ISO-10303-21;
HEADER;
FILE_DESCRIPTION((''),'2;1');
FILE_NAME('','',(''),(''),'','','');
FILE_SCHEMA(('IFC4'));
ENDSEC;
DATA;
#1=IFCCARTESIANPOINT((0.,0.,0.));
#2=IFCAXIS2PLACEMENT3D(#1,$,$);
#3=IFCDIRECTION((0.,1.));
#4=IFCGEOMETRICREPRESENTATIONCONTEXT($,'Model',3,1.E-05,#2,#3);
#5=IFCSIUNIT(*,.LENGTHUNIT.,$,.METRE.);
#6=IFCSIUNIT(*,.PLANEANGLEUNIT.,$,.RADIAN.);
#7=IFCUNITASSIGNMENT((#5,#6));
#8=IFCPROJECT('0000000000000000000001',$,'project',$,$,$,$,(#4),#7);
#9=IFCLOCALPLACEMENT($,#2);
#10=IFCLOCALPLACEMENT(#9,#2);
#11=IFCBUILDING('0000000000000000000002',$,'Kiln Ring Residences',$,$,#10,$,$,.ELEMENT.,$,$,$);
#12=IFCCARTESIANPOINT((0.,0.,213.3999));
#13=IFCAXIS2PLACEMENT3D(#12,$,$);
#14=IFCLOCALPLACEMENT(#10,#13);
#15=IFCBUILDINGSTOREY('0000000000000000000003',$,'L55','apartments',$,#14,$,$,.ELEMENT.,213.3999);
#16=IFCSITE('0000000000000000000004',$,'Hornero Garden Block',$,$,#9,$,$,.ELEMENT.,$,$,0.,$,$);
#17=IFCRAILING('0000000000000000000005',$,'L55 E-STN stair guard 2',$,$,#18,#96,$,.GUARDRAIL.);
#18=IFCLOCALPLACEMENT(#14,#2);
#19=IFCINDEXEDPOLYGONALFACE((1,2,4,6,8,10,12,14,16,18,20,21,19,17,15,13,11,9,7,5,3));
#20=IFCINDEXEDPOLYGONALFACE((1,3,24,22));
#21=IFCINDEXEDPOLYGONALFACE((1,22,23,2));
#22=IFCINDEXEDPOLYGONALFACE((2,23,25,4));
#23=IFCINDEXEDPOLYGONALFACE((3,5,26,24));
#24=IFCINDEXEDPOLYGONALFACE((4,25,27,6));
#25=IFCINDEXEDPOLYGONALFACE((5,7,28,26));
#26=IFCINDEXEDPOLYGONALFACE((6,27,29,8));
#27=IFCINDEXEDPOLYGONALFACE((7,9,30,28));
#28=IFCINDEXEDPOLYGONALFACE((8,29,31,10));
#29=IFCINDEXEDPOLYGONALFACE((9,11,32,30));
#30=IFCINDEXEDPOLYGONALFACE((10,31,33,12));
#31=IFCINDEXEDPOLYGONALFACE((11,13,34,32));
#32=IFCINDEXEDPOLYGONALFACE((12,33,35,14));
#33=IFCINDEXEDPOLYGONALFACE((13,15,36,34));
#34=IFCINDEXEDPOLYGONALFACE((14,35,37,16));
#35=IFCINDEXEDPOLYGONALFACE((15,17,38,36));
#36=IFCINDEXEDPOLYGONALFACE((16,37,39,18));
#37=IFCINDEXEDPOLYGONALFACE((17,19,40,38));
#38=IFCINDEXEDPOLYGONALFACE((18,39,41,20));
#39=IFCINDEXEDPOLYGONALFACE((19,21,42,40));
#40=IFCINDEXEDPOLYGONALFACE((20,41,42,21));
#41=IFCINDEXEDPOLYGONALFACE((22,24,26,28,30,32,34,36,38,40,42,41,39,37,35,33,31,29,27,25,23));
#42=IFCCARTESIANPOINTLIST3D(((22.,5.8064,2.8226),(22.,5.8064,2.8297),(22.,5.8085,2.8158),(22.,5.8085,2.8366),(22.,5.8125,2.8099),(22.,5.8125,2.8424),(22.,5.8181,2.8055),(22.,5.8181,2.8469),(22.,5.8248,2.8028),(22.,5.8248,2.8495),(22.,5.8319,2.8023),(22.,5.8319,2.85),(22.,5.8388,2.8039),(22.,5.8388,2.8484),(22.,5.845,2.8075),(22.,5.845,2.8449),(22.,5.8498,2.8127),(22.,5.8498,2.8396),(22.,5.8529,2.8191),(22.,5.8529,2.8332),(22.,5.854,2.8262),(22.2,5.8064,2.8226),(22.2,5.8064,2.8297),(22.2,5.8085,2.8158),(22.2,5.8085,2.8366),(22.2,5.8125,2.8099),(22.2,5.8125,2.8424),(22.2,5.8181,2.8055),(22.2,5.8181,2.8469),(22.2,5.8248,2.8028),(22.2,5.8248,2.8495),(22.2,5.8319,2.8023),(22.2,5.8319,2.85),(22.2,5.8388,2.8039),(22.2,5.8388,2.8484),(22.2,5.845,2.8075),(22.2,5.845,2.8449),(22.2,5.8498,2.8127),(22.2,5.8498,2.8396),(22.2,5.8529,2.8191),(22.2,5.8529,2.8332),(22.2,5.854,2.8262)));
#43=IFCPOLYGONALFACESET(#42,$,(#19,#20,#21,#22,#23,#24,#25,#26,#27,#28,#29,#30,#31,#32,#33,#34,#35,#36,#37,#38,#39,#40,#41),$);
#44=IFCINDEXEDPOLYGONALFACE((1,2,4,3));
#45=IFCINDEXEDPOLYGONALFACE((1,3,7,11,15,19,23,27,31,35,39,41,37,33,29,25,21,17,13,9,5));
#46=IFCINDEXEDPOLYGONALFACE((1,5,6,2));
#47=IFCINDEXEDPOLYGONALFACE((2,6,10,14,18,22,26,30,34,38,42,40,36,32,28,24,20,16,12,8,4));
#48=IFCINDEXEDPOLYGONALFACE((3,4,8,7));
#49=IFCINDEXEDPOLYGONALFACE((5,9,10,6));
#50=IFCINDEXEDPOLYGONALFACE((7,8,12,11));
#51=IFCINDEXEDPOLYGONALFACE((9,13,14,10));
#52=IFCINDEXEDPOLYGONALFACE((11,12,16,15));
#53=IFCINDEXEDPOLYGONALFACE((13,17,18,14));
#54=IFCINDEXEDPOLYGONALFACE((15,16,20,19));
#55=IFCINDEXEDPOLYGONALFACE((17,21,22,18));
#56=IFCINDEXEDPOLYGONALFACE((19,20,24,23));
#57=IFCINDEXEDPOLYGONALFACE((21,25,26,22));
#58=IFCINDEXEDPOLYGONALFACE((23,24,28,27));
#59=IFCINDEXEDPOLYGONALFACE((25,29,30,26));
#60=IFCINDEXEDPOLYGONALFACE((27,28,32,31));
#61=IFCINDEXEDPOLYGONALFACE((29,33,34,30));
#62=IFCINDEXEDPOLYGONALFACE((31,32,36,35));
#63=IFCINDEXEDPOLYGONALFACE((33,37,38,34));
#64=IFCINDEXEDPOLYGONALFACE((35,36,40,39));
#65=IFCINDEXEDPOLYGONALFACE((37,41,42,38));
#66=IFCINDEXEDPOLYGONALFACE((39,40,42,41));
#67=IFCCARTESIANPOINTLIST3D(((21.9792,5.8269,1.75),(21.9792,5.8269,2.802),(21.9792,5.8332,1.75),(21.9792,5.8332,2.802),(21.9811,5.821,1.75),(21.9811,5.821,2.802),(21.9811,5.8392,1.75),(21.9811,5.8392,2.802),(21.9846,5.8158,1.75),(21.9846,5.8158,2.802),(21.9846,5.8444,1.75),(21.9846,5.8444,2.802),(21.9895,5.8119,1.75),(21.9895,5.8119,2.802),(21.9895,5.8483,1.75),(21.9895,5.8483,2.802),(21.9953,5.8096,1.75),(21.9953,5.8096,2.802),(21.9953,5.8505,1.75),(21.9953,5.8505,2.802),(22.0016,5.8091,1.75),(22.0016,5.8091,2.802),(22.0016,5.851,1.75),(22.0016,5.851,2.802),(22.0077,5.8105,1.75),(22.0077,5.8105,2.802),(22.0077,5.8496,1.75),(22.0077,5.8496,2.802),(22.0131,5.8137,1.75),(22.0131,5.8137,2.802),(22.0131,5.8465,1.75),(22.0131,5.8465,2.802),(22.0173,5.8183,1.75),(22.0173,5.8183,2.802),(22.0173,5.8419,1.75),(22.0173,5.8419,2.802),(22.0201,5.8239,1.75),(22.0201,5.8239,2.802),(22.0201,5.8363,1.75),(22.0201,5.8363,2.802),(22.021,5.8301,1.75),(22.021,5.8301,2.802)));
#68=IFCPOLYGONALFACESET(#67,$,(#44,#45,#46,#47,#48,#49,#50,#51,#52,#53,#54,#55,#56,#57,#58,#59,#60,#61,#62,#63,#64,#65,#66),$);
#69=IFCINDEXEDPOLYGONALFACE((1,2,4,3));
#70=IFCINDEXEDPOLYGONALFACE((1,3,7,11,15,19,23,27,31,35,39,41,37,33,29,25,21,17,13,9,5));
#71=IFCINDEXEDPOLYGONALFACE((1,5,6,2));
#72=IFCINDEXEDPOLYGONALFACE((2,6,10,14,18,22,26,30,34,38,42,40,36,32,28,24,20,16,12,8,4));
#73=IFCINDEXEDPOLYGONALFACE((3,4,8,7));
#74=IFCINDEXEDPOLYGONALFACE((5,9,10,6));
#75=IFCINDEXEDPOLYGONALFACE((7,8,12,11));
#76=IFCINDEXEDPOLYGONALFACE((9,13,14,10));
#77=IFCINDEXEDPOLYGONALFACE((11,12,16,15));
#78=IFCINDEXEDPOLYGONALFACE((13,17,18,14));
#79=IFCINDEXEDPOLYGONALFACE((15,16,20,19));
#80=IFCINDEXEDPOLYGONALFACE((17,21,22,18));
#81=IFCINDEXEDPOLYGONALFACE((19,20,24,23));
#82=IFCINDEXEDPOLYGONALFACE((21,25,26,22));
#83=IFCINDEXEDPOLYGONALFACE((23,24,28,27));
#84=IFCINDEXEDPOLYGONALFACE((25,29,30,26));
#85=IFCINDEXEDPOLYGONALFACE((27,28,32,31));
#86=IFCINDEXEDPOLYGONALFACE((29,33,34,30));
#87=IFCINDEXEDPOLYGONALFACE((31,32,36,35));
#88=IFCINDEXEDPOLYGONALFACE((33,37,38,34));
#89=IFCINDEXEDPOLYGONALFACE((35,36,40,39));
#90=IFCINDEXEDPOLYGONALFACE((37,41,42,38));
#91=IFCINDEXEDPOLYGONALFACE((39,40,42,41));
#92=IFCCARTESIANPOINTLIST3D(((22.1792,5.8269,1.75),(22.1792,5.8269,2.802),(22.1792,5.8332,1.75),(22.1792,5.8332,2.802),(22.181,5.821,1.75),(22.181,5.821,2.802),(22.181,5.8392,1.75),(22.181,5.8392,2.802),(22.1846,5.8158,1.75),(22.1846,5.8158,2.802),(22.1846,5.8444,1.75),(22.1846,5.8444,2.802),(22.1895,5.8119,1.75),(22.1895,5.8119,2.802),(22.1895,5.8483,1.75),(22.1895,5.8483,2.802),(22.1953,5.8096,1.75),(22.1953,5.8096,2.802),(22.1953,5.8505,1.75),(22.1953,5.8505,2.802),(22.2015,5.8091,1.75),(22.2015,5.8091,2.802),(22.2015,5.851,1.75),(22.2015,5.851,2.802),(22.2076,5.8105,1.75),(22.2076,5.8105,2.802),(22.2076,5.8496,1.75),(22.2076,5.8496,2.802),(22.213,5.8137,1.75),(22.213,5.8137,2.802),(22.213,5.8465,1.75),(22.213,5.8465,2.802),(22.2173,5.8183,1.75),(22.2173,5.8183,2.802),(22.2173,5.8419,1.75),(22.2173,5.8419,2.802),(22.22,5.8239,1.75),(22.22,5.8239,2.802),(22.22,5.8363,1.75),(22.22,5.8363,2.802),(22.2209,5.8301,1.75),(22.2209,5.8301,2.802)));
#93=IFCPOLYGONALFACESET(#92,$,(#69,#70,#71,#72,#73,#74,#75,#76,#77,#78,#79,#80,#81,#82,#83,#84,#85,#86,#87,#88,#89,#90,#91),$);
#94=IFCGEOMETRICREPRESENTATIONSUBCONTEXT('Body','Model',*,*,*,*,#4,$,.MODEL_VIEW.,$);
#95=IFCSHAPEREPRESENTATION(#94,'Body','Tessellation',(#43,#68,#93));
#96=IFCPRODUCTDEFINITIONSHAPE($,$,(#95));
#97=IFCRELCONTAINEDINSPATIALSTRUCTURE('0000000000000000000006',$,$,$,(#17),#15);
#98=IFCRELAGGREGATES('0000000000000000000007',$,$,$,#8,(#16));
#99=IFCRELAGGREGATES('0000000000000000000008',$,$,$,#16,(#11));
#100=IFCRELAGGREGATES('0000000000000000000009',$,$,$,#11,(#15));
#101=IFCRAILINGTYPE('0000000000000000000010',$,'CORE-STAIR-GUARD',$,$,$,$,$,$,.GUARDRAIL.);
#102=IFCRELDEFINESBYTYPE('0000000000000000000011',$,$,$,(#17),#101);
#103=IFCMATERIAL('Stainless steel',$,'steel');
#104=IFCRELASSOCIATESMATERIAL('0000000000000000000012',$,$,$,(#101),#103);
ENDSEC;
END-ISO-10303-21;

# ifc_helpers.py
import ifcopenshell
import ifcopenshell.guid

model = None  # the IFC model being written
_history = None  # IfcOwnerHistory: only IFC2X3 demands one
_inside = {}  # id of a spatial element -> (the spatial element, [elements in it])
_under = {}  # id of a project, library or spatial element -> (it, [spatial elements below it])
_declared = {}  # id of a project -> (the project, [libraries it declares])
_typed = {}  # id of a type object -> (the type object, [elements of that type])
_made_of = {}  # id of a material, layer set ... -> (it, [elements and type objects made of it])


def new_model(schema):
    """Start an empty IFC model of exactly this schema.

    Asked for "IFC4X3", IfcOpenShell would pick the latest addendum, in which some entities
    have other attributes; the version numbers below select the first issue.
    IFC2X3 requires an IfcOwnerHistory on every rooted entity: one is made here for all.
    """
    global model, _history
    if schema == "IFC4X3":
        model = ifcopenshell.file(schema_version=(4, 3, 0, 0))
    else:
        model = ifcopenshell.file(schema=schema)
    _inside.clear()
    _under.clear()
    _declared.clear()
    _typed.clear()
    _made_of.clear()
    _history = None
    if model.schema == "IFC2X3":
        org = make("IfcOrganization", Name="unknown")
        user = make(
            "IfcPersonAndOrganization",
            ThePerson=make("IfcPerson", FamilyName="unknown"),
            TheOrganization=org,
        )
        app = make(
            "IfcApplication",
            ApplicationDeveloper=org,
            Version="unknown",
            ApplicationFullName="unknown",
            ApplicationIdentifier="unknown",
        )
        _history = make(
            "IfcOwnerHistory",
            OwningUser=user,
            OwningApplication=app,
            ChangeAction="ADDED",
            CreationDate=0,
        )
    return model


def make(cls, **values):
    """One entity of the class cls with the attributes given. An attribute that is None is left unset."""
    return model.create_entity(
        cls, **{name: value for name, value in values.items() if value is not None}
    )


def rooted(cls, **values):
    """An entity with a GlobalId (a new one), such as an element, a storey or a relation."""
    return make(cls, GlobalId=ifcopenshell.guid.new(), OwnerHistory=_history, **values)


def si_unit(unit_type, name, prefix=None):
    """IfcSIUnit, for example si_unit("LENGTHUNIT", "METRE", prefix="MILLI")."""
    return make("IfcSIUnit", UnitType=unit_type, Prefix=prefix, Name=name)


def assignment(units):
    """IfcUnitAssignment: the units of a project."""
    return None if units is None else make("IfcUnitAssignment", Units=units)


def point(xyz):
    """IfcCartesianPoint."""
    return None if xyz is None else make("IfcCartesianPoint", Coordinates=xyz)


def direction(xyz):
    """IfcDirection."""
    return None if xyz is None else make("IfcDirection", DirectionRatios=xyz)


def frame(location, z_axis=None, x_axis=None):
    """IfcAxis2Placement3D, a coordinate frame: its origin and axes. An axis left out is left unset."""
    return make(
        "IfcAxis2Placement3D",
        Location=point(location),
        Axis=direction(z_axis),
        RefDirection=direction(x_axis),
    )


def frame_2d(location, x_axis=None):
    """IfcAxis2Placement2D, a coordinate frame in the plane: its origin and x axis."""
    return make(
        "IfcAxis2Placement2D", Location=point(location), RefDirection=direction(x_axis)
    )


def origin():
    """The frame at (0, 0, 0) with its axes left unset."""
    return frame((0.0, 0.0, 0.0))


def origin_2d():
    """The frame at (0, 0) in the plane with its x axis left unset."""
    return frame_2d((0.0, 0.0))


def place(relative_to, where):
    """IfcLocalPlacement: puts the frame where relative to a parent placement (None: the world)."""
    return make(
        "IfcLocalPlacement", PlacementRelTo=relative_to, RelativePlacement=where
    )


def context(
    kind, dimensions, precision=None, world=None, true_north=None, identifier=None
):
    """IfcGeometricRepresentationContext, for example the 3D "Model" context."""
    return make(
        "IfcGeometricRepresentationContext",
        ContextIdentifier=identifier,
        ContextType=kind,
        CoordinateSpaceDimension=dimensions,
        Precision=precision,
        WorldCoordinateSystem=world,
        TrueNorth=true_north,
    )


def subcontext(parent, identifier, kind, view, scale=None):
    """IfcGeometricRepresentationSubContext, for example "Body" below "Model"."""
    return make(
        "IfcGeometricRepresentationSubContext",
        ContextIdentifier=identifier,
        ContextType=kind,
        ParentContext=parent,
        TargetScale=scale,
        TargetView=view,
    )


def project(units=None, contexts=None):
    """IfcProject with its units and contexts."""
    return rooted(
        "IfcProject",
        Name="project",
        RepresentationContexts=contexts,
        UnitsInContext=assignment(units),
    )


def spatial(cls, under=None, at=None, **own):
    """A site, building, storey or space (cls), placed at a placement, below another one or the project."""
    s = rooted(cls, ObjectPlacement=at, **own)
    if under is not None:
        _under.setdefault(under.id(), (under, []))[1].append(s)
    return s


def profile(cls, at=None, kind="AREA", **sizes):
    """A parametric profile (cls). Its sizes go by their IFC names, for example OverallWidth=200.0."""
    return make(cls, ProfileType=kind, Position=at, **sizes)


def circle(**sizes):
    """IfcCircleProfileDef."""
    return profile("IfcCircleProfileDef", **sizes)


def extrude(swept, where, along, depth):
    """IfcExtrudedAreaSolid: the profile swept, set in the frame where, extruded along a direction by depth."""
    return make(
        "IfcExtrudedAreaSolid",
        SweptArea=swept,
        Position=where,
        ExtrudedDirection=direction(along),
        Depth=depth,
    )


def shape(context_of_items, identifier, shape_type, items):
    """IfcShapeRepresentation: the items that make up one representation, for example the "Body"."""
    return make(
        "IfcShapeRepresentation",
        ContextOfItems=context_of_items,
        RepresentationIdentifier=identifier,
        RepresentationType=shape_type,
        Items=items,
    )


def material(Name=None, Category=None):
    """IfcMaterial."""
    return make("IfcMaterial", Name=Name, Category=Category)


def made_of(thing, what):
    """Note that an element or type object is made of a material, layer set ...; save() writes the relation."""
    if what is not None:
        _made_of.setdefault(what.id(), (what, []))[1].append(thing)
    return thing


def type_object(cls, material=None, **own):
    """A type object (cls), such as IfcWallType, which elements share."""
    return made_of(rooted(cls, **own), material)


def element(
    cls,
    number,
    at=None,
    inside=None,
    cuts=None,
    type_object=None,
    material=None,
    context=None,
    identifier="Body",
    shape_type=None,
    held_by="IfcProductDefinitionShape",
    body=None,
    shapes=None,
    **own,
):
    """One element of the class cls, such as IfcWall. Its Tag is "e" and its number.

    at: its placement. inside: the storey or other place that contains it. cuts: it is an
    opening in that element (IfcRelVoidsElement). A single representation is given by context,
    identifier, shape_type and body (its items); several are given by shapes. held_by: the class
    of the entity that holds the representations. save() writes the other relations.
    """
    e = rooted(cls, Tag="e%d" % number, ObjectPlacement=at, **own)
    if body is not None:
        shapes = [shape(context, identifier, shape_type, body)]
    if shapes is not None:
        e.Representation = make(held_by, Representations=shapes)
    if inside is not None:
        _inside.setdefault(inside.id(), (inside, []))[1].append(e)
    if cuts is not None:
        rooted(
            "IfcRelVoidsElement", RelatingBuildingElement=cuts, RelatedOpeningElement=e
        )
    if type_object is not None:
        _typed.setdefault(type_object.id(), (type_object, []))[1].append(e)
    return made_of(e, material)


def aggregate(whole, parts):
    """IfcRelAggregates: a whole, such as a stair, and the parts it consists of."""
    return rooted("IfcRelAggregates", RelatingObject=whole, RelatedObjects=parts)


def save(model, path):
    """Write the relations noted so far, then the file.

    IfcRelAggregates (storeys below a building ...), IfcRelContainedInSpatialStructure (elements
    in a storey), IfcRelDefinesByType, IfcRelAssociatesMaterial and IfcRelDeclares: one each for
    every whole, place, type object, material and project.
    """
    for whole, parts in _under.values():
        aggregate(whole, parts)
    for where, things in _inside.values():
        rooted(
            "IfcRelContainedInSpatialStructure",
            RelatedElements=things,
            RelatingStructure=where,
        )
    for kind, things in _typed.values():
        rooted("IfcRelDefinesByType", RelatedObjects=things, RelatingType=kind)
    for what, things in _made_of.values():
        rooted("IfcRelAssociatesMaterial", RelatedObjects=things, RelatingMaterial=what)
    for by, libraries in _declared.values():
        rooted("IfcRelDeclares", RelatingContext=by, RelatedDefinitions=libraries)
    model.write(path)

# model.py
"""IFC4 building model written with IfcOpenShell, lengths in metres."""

from ifc_helpers import new_model, si_unit, direction, frame, origin, origin_2d, place, context, subcontext, project, spatial, circle, extrude, material, type_object, element, save


model = new_model("IFC4")

# Units and contexts
model_context = context("Model", 3, precision=1e-05, world=origin(), true_north=direction((0.0, 1.0)))
body_context = subcontext(model_context, "Body", "Model", "MODEL_VIEW")
ifc_project = project(units=[si_unit("LENGTHUNIT", "METRE"), si_unit("PLANEANGLEUNIT", "RADIAN")], contexts=[model_context])

# Site, building, storey
site_placement = place(None, origin())
site = spatial("IfcSite", under=ifc_project, at=site_placement, Name="Hornero Garden Block", CompositionType="ELEMENT", RefElevation=0.0)
building_placement = place(site_placement, origin())
building = spatial("IfcBuilding", under=site, at=building_placement, Name="Kiln Ring Residences", CompositionType="ELEMENT")
storey_placement = place(building_placement, frame((0.0, 0.0, 213.3999)))
storey = spatial("IfcBuildingStorey", under=building, at=storey_placement, Name="L55", Description="apartments", CompositionType="ELEMENT", Elevation=213.3999)

# Railing
ifc_material_1 = material(Name="Stainless steel", Category="steel")
railing_type_1 = type_object("IfcRailingType", Name="CORE-STAIR-GUARD", PredefinedType="GUARDRAIL", material=ifc_material_1)
railing_1_placement = place(storey_placement, frame((22.0, 5.8301, 1.75)))
element("IfcRailing", 1, at=railing_1_placement, inside=storey, type_object=railing_type_1, Name="L55 E-STN stair guard 2", PredefinedType="GUARDRAIL", context=body_context, shape_type="SweptSolid", body=[
    extrude(circle(Radius=0.0239, at=origin_2d()), frame((0.0, 0.0, 1.0762), z_axis=(1.0, 0.0, 0.0), x_axis=(0.0, 1.0, 0.0)), (0.0, 0.0, 1.0), 0.2),
    extrude(circle(Radius=0.021, at=origin_2d()), origin(), (0.0, 0.0, 1.0), 1.052),
    extrude(circle(Radius=0.021, at=origin_2d()), frame((0.2, 0.0, 0.0)), (0.0, 0.0, 1.0), 1.052),
])

save(model, "model.ifc")
